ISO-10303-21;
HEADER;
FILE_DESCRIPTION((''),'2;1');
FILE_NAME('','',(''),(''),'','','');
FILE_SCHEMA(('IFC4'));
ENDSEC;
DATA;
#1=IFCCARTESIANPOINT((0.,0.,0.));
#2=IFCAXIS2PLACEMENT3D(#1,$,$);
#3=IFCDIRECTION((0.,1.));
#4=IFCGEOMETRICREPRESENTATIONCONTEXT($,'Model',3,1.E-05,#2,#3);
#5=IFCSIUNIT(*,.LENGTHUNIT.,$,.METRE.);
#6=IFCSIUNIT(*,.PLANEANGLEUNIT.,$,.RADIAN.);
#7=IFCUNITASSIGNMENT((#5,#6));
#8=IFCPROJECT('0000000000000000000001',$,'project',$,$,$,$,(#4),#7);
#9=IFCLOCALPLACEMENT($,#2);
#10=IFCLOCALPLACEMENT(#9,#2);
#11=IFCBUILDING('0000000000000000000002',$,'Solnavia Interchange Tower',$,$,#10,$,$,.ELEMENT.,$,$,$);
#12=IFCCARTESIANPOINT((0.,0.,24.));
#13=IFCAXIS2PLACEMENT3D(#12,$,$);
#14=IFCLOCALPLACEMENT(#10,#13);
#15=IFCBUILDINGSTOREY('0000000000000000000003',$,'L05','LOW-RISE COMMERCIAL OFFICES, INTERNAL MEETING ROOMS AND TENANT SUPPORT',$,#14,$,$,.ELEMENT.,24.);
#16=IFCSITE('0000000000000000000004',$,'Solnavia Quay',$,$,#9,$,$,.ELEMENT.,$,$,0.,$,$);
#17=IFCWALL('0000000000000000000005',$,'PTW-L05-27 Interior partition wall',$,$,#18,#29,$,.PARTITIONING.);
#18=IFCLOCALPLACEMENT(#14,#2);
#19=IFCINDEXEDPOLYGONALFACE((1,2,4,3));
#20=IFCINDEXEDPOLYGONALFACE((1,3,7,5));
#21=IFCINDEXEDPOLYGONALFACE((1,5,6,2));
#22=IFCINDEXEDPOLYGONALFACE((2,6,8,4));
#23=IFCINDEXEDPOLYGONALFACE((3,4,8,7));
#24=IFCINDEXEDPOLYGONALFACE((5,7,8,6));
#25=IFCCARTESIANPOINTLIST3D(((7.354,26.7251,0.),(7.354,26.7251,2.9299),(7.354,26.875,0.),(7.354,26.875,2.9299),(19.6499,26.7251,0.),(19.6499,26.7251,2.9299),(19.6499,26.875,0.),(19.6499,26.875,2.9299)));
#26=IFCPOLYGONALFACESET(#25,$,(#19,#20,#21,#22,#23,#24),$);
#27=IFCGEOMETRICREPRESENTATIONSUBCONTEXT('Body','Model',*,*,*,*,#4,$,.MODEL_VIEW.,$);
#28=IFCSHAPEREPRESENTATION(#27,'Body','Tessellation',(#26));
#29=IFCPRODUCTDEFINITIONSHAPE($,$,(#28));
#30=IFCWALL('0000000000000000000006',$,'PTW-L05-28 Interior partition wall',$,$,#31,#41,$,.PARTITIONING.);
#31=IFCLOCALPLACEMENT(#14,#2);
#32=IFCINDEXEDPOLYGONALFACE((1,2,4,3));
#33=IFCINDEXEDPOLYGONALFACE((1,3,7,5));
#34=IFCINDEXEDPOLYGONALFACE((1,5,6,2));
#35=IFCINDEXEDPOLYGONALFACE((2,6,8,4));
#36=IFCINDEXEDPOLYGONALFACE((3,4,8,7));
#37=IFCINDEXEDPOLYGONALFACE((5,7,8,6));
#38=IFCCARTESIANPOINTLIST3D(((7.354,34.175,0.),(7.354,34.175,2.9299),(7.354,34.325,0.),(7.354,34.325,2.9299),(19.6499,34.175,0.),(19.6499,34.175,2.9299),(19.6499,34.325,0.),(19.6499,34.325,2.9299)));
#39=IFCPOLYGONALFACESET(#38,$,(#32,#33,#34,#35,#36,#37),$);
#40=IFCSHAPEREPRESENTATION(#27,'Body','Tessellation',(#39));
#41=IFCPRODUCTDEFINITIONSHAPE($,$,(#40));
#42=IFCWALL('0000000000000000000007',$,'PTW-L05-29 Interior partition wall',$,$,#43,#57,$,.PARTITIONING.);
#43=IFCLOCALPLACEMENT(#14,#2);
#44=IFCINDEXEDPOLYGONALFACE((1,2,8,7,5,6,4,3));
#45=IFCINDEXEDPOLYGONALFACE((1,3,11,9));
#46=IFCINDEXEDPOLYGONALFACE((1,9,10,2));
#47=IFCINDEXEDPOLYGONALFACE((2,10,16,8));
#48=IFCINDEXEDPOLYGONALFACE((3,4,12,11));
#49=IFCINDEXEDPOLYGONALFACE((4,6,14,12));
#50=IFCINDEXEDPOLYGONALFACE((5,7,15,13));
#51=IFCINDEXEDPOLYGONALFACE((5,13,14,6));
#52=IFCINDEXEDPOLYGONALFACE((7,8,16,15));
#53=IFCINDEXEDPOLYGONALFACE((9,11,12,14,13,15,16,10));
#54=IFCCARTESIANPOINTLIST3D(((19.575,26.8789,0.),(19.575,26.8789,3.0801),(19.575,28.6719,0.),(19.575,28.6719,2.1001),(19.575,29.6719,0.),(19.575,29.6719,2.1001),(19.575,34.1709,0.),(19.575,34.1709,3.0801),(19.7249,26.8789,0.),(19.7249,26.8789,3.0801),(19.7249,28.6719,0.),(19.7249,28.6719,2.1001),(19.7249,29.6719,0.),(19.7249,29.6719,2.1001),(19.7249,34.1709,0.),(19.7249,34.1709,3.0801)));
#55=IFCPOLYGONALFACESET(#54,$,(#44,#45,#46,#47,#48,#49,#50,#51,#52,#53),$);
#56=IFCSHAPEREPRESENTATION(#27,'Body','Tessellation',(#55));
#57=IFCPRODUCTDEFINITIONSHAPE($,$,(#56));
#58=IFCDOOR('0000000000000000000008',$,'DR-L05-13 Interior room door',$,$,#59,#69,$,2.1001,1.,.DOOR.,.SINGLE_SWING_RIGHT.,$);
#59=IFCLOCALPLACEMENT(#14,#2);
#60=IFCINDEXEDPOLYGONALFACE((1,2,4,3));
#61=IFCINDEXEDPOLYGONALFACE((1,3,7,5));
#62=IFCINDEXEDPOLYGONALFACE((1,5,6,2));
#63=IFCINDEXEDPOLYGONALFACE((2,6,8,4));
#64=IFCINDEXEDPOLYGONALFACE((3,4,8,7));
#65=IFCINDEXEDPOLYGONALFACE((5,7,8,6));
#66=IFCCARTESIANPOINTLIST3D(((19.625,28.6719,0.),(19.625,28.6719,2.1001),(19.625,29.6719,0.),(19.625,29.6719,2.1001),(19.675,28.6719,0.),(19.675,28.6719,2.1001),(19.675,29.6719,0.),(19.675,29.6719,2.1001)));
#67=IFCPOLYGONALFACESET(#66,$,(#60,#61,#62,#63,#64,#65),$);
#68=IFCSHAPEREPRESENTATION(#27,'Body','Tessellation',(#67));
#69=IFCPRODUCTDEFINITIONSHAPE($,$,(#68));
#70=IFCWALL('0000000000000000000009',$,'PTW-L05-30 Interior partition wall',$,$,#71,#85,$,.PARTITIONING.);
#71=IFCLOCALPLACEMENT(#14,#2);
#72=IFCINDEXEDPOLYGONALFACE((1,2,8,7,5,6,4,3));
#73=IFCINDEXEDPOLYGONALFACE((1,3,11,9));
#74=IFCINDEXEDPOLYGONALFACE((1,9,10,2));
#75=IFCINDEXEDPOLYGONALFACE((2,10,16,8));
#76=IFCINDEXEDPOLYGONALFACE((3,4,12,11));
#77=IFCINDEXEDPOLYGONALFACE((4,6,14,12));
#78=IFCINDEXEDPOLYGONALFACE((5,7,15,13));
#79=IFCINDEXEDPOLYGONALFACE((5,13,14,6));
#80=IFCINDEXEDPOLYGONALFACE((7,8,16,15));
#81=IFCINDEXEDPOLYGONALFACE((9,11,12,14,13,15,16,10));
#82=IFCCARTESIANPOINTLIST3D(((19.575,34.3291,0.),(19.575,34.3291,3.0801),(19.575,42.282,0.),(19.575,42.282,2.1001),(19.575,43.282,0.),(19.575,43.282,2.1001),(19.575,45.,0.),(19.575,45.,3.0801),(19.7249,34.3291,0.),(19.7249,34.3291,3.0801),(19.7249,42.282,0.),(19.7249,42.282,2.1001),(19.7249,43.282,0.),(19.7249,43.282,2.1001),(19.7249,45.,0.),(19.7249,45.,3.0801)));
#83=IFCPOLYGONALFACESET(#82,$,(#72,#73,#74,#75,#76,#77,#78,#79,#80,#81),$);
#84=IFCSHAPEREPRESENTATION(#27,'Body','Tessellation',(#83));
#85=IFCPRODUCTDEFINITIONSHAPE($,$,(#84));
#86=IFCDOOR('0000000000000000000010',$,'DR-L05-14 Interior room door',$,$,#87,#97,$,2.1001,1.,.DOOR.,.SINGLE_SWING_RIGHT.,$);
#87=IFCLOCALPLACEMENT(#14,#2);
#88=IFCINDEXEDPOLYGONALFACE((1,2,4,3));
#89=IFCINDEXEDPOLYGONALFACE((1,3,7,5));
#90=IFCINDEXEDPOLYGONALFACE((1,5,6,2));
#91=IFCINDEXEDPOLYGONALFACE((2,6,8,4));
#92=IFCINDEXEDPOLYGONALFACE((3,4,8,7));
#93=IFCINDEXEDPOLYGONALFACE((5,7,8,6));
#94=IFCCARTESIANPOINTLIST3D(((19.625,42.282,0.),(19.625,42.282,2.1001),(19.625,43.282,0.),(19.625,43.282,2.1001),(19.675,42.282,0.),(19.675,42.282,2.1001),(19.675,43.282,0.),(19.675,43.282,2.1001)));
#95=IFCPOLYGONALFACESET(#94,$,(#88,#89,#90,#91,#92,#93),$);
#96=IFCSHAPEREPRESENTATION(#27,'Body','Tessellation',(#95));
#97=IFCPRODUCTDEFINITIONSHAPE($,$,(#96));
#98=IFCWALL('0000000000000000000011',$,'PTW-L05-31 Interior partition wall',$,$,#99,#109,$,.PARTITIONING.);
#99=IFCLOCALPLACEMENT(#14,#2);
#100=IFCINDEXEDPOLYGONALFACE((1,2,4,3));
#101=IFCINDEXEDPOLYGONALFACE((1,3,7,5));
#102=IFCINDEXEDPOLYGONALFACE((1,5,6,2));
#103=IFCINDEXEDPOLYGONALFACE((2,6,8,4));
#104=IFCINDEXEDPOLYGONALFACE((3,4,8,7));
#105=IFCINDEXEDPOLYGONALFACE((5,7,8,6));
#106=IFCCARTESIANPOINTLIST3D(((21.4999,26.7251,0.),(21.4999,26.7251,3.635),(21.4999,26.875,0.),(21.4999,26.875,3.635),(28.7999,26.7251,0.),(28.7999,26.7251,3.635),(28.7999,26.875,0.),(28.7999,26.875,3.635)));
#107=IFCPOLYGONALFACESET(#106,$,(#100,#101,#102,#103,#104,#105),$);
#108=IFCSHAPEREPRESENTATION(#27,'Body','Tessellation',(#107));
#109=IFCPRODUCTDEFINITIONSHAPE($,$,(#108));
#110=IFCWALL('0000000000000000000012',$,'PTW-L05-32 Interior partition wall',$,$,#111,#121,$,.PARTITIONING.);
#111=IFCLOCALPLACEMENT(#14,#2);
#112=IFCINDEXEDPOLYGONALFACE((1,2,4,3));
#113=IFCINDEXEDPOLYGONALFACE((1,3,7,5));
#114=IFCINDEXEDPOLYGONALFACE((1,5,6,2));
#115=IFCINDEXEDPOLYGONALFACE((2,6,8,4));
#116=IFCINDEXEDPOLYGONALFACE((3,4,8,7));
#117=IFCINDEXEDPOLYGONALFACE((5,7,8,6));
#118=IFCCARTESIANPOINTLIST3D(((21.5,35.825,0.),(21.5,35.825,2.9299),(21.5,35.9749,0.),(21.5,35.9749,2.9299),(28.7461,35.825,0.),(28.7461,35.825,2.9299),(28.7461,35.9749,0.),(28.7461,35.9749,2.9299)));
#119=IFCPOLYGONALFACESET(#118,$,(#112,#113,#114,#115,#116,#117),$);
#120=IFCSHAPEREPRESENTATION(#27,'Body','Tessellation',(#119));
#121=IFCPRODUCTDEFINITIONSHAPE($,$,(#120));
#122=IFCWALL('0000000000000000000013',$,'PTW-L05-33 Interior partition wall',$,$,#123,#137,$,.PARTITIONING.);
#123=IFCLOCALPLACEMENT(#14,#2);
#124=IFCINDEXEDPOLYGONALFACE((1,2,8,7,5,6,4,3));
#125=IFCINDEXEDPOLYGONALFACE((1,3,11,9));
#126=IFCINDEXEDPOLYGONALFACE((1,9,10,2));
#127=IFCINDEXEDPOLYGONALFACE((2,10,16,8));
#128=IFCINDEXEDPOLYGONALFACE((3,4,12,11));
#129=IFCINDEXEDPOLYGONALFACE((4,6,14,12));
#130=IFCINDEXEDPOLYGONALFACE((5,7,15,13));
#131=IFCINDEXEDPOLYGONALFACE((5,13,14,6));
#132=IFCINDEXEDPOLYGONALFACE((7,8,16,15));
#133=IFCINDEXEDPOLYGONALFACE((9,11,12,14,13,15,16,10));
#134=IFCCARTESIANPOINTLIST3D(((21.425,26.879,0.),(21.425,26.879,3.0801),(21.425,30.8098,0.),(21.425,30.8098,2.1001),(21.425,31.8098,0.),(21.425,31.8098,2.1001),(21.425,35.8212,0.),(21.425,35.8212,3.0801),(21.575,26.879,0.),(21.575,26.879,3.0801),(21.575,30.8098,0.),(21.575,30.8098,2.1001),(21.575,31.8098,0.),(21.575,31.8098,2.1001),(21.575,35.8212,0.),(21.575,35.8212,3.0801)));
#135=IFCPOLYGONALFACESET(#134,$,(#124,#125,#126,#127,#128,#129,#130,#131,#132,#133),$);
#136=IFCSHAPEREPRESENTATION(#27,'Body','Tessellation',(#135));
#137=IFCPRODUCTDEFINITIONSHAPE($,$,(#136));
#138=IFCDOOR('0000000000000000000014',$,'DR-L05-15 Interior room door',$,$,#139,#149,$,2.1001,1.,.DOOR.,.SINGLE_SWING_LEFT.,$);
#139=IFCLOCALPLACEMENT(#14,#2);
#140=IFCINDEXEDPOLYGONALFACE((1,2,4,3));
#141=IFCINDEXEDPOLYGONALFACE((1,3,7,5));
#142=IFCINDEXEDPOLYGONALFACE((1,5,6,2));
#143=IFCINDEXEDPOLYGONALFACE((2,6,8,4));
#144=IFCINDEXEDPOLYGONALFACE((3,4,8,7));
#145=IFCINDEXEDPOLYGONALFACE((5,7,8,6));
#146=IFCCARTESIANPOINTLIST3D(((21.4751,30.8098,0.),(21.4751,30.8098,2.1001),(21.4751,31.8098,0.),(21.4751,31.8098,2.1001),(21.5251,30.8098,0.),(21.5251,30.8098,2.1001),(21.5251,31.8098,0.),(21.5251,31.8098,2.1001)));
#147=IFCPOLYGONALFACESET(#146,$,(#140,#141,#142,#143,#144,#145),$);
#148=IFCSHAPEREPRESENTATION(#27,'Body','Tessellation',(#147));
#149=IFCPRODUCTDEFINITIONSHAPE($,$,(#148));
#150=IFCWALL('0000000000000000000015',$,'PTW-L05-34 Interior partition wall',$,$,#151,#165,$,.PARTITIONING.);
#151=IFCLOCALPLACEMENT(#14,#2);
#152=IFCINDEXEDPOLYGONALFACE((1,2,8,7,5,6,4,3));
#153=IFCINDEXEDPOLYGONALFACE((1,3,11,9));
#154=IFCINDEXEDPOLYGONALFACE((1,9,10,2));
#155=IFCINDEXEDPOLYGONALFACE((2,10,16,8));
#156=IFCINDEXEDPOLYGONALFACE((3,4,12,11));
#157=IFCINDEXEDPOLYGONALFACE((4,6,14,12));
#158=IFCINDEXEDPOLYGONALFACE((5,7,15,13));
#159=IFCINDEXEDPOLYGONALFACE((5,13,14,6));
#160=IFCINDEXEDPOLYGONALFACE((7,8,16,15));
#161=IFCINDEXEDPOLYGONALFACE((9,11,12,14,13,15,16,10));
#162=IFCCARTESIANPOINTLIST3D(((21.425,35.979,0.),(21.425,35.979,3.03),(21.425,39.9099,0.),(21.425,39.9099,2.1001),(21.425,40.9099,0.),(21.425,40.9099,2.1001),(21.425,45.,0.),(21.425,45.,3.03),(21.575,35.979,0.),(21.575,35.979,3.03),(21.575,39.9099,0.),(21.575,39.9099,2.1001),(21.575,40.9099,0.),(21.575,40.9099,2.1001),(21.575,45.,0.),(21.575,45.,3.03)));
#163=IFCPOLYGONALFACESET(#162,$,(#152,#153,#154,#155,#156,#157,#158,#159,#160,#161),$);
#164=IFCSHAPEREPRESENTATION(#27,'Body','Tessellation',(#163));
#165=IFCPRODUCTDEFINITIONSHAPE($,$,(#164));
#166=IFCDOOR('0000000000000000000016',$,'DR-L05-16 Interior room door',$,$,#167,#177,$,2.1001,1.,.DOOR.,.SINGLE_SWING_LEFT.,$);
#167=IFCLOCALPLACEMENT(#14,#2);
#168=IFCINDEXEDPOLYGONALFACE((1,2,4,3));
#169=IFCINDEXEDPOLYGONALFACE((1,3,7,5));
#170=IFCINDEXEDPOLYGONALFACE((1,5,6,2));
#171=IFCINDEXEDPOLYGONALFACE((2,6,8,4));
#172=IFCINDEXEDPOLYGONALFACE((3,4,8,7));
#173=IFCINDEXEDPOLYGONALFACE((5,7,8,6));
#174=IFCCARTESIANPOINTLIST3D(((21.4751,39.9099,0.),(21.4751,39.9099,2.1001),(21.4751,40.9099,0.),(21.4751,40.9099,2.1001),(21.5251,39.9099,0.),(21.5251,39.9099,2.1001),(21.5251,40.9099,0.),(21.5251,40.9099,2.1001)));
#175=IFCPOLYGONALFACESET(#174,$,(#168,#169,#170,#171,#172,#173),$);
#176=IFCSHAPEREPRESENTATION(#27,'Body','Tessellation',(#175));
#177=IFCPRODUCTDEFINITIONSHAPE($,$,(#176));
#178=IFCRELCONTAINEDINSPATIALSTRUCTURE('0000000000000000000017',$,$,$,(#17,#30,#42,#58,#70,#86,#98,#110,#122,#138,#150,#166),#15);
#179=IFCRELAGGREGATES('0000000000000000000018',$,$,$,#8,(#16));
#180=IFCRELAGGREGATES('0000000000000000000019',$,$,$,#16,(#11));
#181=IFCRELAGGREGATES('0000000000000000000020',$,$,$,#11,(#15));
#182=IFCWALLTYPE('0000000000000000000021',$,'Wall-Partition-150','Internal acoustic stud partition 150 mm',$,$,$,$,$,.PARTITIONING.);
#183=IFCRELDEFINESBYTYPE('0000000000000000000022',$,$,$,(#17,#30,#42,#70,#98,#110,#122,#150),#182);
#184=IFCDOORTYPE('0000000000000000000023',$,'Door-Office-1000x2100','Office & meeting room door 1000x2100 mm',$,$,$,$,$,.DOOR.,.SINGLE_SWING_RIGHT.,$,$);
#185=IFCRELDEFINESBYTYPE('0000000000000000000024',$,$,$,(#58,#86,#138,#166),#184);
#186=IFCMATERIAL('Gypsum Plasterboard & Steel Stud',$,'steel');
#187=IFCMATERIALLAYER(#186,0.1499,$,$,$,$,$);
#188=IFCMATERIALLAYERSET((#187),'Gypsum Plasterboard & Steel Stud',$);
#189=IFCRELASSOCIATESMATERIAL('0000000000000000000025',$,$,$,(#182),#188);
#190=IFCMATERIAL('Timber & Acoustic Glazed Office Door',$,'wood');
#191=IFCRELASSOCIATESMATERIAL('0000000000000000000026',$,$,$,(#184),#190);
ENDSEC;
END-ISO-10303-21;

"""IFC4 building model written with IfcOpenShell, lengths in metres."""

from ifc_helpers import new_model, si_unit, direction, frame, frame_2d, origin, place, context, subcontext, project, spatial, rectangle, extrude, material, layer, layer_set, type_object, element, fill, save


model = new_model("IFC4")

# Units and contexts
model_context = context("Model", 3, precision=1e-05, world=origin(), true_north=direction((0.0, 1.0)))
body_context = subcontext(model_context, "Body", "Model", "MODEL_VIEW")
ifc_project = project(units=[si_unit("LENGTHUNIT", "METRE"), si_unit("PLANEANGLEUNIT", "RADIAN")], contexts=[model_context])

# Site, building, storey
site_placement = place(None, origin())
site = spatial("IfcSite", under=ifc_project, at=site_placement, Name="Solnavia Quay", CompositionType="ELEMENT", RefElevation=0.0)
building_placement = place(site_placement, origin())
building = spatial("IfcBuilding", under=site, at=building_placement, Name="Solnavia Interchange Tower", CompositionType="ELEMENT")
storey_placement = place(building_placement, frame((0.0, 0.0, 24.0)))
storey = spatial("IfcBuildingStorey", under=building, at=storey_placement, Name="L05", Description="LOW-RISE COMMERCIAL OFFICES, INTERNAL MEETING ROOMS AND TENANT SUPPORT", CompositionType="ELEMENT", Elevation=24.0)

# Walls
ifc_material_1 = material(Name="Gypsum Plasterboard & Steel Stud", Category="steel")
ifc_layer_1 = layer(ifc_material_1, 0.1499)
ifc_layer_set_1 = layer_set([ifc_layer_1], Name="Gypsum Plasterboard & Steel Stud")
wall_type_1 = type_object("IfcWallType", Name="Wall-Partition-150", Description="Internal acoustic stud partition 150 mm", PredefinedType="PARTITIONING", material=ifc_layer_set_1)
for number, where, z_axis, x_axis, name in (
    (1, (7.354, 26.8, 0.0), (0.0, 0.0, 1.0), (1.0, 0.0, 0.0), "PTW-L05-27 Interior partition wall"),
    (2, (7.354, 34.25, 0.0), (0.0, 0.0, 1.0), (1.0, 0.0, 0.0), "PTW-L05-28 Interior partition wall"),
):
    element("IfcWall", number, at=place(storey_placement, frame(where, z_axis=z_axis, x_axis=x_axis)), inside=storey, type_object=wall_type_1, Name=name, PredefinedType="PARTITIONING", context=body_context, shape_type="SweptSolid", body=[
        extrude(rectangle(XDim=12.2959, YDim=0.1499, at=frame_2d((6.1479, 0.0))), origin(), (0.0, 0.0, 1.0), 2.9299),
    ])

# Walls, openings, doors
wall_1_placement = place(storey_placement, frame((19.6499, 26.8789, 0.0), z_axis=(0.0, 0.0, 1.0), x_axis=(0.0, 1.0, 0.0)))
wall_1 = element("IfcWall", 3, at=wall_1_placement, inside=storey, type_object=wall_type_1, Name="PTW-L05-29 Interior partition wall", PredefinedType="PARTITIONING", context=body_context, shape_type="SweptSolid", body=[
    extrude(rectangle(XDim=7.292, YDim=0.1499, at=frame_2d((3.646, 0.0))), origin(), (0.0, 0.0, 1.0), 3.0801),
])
opening_1_placement = place(wall_1_placement, frame((1.793, 0.0, 0.0)))
opening_1 = element("IfcOpeningElement", 4, at=opening_1_placement, cuts=wall_1, PredefinedType="OPENING", context=body_context, shape_type="SweptSolid", body=[
    extrude(rectangle(XDim=1.0, YDim=2.1001, at=frame_2d((0.5, 1.05))), frame((0.0, 0.085, 0.0), z_axis=(0.0, -1.0, 0.0), x_axis=(1.0, 0.0, 0.0)), (0.0, 0.0, 1.0), 0.1699),
])
ifc_material_2 = material(Name="Timber & Acoustic Glazed Office Door", Category="wood")
door_type = type_object("IfcDoorType", Name="Door-Office-1000x2100", Description="Office & meeting room door 1000x2100 mm", OperationType="SINGLE_SWING_RIGHT", PredefinedType="DOOR", material=ifc_material_2)
door_1_placement = place(opening_1_placement, origin())
door_1 = element("IfcDoor", 5, at=door_1_placement, inside=storey, type_object=door_type, Name="DR-L05-13 Interior room door", OperationType="SINGLE_SWING_RIGHT", OverallHeight=2.1001, OverallWidth=1.0, PredefinedType="DOOR", context=body_context, shape_type="SweptSolid", body=[
    extrude(rectangle(XDim=1.0, YDim=2.1001, at=frame_2d((0.5, 1.05))), frame((0.0, 0.0249, 0.0), z_axis=(0.0, -1.0, 0.0), x_axis=(1.0, 0.0, 0.0)), (0.0, 0.0, 1.0), 0.05),
])
fill(opening_1, door_1)
wall_2_placement = place(storey_placement, frame((19.6499, 34.3291, 0.0), z_axis=(0.0, 0.0, 1.0), x_axis=(0.0, 1.0, 0.0)))
wall_2 = element("IfcWall", 6, at=wall_2_placement, inside=storey, type_object=wall_type_1, Name="PTW-L05-30 Interior partition wall", PredefinedType="PARTITIONING", context=body_context, shape_type="SweptSolid", body=[
    extrude(rectangle(XDim=10.6709, YDim=0.1499, at=frame_2d((5.3354, 0.0))), origin(), (0.0, 0.0, 1.0), 3.0801),
])
opening_2_placement = place(wall_2_placement, frame((7.9529, 0.0, 0.0)))
opening_2 = element("IfcOpeningElement", 7, at=opening_2_placement, cuts=wall_2, PredefinedType="OPENING", context=body_context, shape_type="SweptSolid", body=[
    extrude(rectangle(XDim=1.0, YDim=2.1001, at=frame_2d((0.5, 1.05))), frame((0.0, 0.085, 0.0), z_axis=(0.0, -1.0, 0.0), x_axis=(1.0, 0.0, 0.0)), (0.0, 0.0, 1.0), 0.1699),
])
door_2_placement = place(opening_2_placement, origin())
door_2 = element("IfcDoor", 8, at=door_2_placement, inside=storey, type_object=door_type, Name="DR-L05-14 Interior room door", OperationType="SINGLE_SWING_RIGHT", OverallHeight=2.1001, OverallWidth=1.0, PredefinedType="DOOR", context=body_context, shape_type="SweptSolid", body=[
    extrude(rectangle(XDim=1.0, YDim=2.1001, at=frame_2d((0.5, 1.05))), frame((0.0, 0.0249, 0.0), z_axis=(0.0, -1.0, 0.0), x_axis=(1.0, 0.0, 0.0)), (0.0, 0.0, 1.0), 0.05),
])
fill(opening_2, door_2)

# Walls
wall_3_placement = place(storey_placement, frame((21.5, 26.8, 0.0), z_axis=(0.0, 0.0, 1.0), x_axis=(1.0, 0.0, 0.0)))
element("IfcWall", 9, at=wall_3_placement, inside=storey, type_object=wall_type_1, Name="PTW-L05-31 Interior partition wall", PredefinedType="PARTITIONING", context=body_context, shape_type="SweptSolid", body=[
    extrude(rectangle(XDim=7.3, YDim=0.1499, at=frame_2d((3.6499, 0.0))), origin(), (0.0, 0.0, 1.0), 3.635),
])
wall_4_placement = place(storey_placement, frame((21.5, 35.8999, 0.0), z_axis=(0.0, 0.0, 1.0), x_axis=(1.0, 0.0, 0.0)))
element("IfcWall", 10, at=wall_4_placement, inside=storey, type_object=wall_type_1, Name="PTW-L05-32 Interior partition wall", PredefinedType="PARTITIONING", context=body_context, shape_type="SweptSolid", body=[
    extrude(rectangle(XDim=7.2461, YDim=0.1499, at=frame_2d((3.623, 0.0))), origin(), (0.0, 0.0, 1.0), 2.9299),
])

# Walls, openings, doors
wall_5_placement = place(storey_placement, frame((21.5, 26.8789, 0.0), z_axis=(0.0, 0.0, 1.0), x_axis=(0.0, 1.0, 0.0)))
wall_5 = element("IfcWall", 11, at=wall_5_placement, inside=storey, type_object=wall_type_1, Name="PTW-L05-33 Interior partition wall", PredefinedType="PARTITIONING", context=body_context, shape_type="SweptSolid", body=[
    extrude(rectangle(XDim=8.9421, YDim=0.1499, at=frame_2d((4.4712, 0.0))), origin(), (0.0, 0.0, 1.0), 3.0801),
])
opening_3_placement = place(wall_5_placement, frame((3.9309, 0.0, 0.0)))
opening_3 = element("IfcOpeningElement", 12, at=opening_3_placement, cuts=wall_5, PredefinedType="OPENING", context=body_context, shape_type="SweptSolid", body=[
    extrude(rectangle(XDim=1.0, YDim=2.1001, at=frame_2d((0.5, 1.05))), frame((0.0, 0.085, 0.0), z_axis=(0.0, -1.0, 0.0), x_axis=(1.0, 0.0, 0.0)), (0.0, 0.0, 1.0), 0.1699),
])
door_3_placement = place(opening_3_placement, origin())
door_3 = element("IfcDoor", 13, at=door_3_placement, inside=storey, type_object=door_type, Name="DR-L05-15 Interior room door", OperationType="SINGLE_SWING_LEFT", OverallHeight=2.1001, OverallWidth=1.0, PredefinedType="DOOR", context=body_context, shape_type="SweptSolid", body=[
    extrude(rectangle(XDim=1.0, YDim=2.1001, at=frame_2d((0.5, 1.05))), frame((0.0, 0.0249, 0.0), z_axis=(0.0, -1.0, 0.0), x_axis=(1.0, 0.0, 0.0)), (0.0, 0.0, 1.0), 0.05),
])
fill(opening_3, door_3)
wall_6_placement = place(storey_placement, frame((21.5, 35.979, 0.0), z_axis=(0.0, 0.0, 1.0), x_axis=(0.0, 1.0, 0.0)))
wall_6 = element("IfcWall", 14, at=wall_6_placement, inside=storey, type_object=wall_type_1, Name="PTW-L05-34 Interior partition wall", PredefinedType="PARTITIONING", context=body_context, shape_type="SweptSolid", body=[
    extrude(rectangle(XDim=9.021, YDim=0.1499, at=frame_2d((4.5105, 0.0))), origin(), (0.0, 0.0, 1.0), 3.03),
])
opening_4_placement = place(wall_6_placement, frame((3.9309, 0.0, 0.0)))
opening_4 = element("IfcOpeningElement", 15, at=opening_4_placement, cuts=wall_6, PredefinedType="OPENING", context=body_context, shape_type="SweptSolid", body=[
    extrude(rectangle(XDim=1.0, YDim=2.1001, at=frame_2d((0.5, 1.05))), frame((0.0, 0.085, 0.0), z_axis=(0.0, -1.0, 0.0), x_axis=(1.0, 0.0, 0.0)), (0.0, 0.0, 1.0), 0.1699),
])
door_4_placement = place(opening_4_placement, origin())
door_4 = element("IfcDoor", 16, at=door_4_placement, inside=storey, type_object=door_type, Name="DR-L05-16 Interior room door", OperationType="SINGLE_SWING_LEFT", OverallHeight=2.1001, OverallWidth=1.0, PredefinedType="DOOR", context=body_context, shape_type="SweptSolid", body=[
    extrude(rectangle(XDim=1.0, YDim=2.1001, at=frame_2d((0.5, 1.05))), frame((0.0, 0.0249, 0.0), z_axis=(0.0, -1.0, 0.0), x_axis=(1.0, 0.0, 0.0)), (0.0, 0.0, 1.0), 0.05),
])
fill(opening_4, door_4)

save(model, "model.ifc")
